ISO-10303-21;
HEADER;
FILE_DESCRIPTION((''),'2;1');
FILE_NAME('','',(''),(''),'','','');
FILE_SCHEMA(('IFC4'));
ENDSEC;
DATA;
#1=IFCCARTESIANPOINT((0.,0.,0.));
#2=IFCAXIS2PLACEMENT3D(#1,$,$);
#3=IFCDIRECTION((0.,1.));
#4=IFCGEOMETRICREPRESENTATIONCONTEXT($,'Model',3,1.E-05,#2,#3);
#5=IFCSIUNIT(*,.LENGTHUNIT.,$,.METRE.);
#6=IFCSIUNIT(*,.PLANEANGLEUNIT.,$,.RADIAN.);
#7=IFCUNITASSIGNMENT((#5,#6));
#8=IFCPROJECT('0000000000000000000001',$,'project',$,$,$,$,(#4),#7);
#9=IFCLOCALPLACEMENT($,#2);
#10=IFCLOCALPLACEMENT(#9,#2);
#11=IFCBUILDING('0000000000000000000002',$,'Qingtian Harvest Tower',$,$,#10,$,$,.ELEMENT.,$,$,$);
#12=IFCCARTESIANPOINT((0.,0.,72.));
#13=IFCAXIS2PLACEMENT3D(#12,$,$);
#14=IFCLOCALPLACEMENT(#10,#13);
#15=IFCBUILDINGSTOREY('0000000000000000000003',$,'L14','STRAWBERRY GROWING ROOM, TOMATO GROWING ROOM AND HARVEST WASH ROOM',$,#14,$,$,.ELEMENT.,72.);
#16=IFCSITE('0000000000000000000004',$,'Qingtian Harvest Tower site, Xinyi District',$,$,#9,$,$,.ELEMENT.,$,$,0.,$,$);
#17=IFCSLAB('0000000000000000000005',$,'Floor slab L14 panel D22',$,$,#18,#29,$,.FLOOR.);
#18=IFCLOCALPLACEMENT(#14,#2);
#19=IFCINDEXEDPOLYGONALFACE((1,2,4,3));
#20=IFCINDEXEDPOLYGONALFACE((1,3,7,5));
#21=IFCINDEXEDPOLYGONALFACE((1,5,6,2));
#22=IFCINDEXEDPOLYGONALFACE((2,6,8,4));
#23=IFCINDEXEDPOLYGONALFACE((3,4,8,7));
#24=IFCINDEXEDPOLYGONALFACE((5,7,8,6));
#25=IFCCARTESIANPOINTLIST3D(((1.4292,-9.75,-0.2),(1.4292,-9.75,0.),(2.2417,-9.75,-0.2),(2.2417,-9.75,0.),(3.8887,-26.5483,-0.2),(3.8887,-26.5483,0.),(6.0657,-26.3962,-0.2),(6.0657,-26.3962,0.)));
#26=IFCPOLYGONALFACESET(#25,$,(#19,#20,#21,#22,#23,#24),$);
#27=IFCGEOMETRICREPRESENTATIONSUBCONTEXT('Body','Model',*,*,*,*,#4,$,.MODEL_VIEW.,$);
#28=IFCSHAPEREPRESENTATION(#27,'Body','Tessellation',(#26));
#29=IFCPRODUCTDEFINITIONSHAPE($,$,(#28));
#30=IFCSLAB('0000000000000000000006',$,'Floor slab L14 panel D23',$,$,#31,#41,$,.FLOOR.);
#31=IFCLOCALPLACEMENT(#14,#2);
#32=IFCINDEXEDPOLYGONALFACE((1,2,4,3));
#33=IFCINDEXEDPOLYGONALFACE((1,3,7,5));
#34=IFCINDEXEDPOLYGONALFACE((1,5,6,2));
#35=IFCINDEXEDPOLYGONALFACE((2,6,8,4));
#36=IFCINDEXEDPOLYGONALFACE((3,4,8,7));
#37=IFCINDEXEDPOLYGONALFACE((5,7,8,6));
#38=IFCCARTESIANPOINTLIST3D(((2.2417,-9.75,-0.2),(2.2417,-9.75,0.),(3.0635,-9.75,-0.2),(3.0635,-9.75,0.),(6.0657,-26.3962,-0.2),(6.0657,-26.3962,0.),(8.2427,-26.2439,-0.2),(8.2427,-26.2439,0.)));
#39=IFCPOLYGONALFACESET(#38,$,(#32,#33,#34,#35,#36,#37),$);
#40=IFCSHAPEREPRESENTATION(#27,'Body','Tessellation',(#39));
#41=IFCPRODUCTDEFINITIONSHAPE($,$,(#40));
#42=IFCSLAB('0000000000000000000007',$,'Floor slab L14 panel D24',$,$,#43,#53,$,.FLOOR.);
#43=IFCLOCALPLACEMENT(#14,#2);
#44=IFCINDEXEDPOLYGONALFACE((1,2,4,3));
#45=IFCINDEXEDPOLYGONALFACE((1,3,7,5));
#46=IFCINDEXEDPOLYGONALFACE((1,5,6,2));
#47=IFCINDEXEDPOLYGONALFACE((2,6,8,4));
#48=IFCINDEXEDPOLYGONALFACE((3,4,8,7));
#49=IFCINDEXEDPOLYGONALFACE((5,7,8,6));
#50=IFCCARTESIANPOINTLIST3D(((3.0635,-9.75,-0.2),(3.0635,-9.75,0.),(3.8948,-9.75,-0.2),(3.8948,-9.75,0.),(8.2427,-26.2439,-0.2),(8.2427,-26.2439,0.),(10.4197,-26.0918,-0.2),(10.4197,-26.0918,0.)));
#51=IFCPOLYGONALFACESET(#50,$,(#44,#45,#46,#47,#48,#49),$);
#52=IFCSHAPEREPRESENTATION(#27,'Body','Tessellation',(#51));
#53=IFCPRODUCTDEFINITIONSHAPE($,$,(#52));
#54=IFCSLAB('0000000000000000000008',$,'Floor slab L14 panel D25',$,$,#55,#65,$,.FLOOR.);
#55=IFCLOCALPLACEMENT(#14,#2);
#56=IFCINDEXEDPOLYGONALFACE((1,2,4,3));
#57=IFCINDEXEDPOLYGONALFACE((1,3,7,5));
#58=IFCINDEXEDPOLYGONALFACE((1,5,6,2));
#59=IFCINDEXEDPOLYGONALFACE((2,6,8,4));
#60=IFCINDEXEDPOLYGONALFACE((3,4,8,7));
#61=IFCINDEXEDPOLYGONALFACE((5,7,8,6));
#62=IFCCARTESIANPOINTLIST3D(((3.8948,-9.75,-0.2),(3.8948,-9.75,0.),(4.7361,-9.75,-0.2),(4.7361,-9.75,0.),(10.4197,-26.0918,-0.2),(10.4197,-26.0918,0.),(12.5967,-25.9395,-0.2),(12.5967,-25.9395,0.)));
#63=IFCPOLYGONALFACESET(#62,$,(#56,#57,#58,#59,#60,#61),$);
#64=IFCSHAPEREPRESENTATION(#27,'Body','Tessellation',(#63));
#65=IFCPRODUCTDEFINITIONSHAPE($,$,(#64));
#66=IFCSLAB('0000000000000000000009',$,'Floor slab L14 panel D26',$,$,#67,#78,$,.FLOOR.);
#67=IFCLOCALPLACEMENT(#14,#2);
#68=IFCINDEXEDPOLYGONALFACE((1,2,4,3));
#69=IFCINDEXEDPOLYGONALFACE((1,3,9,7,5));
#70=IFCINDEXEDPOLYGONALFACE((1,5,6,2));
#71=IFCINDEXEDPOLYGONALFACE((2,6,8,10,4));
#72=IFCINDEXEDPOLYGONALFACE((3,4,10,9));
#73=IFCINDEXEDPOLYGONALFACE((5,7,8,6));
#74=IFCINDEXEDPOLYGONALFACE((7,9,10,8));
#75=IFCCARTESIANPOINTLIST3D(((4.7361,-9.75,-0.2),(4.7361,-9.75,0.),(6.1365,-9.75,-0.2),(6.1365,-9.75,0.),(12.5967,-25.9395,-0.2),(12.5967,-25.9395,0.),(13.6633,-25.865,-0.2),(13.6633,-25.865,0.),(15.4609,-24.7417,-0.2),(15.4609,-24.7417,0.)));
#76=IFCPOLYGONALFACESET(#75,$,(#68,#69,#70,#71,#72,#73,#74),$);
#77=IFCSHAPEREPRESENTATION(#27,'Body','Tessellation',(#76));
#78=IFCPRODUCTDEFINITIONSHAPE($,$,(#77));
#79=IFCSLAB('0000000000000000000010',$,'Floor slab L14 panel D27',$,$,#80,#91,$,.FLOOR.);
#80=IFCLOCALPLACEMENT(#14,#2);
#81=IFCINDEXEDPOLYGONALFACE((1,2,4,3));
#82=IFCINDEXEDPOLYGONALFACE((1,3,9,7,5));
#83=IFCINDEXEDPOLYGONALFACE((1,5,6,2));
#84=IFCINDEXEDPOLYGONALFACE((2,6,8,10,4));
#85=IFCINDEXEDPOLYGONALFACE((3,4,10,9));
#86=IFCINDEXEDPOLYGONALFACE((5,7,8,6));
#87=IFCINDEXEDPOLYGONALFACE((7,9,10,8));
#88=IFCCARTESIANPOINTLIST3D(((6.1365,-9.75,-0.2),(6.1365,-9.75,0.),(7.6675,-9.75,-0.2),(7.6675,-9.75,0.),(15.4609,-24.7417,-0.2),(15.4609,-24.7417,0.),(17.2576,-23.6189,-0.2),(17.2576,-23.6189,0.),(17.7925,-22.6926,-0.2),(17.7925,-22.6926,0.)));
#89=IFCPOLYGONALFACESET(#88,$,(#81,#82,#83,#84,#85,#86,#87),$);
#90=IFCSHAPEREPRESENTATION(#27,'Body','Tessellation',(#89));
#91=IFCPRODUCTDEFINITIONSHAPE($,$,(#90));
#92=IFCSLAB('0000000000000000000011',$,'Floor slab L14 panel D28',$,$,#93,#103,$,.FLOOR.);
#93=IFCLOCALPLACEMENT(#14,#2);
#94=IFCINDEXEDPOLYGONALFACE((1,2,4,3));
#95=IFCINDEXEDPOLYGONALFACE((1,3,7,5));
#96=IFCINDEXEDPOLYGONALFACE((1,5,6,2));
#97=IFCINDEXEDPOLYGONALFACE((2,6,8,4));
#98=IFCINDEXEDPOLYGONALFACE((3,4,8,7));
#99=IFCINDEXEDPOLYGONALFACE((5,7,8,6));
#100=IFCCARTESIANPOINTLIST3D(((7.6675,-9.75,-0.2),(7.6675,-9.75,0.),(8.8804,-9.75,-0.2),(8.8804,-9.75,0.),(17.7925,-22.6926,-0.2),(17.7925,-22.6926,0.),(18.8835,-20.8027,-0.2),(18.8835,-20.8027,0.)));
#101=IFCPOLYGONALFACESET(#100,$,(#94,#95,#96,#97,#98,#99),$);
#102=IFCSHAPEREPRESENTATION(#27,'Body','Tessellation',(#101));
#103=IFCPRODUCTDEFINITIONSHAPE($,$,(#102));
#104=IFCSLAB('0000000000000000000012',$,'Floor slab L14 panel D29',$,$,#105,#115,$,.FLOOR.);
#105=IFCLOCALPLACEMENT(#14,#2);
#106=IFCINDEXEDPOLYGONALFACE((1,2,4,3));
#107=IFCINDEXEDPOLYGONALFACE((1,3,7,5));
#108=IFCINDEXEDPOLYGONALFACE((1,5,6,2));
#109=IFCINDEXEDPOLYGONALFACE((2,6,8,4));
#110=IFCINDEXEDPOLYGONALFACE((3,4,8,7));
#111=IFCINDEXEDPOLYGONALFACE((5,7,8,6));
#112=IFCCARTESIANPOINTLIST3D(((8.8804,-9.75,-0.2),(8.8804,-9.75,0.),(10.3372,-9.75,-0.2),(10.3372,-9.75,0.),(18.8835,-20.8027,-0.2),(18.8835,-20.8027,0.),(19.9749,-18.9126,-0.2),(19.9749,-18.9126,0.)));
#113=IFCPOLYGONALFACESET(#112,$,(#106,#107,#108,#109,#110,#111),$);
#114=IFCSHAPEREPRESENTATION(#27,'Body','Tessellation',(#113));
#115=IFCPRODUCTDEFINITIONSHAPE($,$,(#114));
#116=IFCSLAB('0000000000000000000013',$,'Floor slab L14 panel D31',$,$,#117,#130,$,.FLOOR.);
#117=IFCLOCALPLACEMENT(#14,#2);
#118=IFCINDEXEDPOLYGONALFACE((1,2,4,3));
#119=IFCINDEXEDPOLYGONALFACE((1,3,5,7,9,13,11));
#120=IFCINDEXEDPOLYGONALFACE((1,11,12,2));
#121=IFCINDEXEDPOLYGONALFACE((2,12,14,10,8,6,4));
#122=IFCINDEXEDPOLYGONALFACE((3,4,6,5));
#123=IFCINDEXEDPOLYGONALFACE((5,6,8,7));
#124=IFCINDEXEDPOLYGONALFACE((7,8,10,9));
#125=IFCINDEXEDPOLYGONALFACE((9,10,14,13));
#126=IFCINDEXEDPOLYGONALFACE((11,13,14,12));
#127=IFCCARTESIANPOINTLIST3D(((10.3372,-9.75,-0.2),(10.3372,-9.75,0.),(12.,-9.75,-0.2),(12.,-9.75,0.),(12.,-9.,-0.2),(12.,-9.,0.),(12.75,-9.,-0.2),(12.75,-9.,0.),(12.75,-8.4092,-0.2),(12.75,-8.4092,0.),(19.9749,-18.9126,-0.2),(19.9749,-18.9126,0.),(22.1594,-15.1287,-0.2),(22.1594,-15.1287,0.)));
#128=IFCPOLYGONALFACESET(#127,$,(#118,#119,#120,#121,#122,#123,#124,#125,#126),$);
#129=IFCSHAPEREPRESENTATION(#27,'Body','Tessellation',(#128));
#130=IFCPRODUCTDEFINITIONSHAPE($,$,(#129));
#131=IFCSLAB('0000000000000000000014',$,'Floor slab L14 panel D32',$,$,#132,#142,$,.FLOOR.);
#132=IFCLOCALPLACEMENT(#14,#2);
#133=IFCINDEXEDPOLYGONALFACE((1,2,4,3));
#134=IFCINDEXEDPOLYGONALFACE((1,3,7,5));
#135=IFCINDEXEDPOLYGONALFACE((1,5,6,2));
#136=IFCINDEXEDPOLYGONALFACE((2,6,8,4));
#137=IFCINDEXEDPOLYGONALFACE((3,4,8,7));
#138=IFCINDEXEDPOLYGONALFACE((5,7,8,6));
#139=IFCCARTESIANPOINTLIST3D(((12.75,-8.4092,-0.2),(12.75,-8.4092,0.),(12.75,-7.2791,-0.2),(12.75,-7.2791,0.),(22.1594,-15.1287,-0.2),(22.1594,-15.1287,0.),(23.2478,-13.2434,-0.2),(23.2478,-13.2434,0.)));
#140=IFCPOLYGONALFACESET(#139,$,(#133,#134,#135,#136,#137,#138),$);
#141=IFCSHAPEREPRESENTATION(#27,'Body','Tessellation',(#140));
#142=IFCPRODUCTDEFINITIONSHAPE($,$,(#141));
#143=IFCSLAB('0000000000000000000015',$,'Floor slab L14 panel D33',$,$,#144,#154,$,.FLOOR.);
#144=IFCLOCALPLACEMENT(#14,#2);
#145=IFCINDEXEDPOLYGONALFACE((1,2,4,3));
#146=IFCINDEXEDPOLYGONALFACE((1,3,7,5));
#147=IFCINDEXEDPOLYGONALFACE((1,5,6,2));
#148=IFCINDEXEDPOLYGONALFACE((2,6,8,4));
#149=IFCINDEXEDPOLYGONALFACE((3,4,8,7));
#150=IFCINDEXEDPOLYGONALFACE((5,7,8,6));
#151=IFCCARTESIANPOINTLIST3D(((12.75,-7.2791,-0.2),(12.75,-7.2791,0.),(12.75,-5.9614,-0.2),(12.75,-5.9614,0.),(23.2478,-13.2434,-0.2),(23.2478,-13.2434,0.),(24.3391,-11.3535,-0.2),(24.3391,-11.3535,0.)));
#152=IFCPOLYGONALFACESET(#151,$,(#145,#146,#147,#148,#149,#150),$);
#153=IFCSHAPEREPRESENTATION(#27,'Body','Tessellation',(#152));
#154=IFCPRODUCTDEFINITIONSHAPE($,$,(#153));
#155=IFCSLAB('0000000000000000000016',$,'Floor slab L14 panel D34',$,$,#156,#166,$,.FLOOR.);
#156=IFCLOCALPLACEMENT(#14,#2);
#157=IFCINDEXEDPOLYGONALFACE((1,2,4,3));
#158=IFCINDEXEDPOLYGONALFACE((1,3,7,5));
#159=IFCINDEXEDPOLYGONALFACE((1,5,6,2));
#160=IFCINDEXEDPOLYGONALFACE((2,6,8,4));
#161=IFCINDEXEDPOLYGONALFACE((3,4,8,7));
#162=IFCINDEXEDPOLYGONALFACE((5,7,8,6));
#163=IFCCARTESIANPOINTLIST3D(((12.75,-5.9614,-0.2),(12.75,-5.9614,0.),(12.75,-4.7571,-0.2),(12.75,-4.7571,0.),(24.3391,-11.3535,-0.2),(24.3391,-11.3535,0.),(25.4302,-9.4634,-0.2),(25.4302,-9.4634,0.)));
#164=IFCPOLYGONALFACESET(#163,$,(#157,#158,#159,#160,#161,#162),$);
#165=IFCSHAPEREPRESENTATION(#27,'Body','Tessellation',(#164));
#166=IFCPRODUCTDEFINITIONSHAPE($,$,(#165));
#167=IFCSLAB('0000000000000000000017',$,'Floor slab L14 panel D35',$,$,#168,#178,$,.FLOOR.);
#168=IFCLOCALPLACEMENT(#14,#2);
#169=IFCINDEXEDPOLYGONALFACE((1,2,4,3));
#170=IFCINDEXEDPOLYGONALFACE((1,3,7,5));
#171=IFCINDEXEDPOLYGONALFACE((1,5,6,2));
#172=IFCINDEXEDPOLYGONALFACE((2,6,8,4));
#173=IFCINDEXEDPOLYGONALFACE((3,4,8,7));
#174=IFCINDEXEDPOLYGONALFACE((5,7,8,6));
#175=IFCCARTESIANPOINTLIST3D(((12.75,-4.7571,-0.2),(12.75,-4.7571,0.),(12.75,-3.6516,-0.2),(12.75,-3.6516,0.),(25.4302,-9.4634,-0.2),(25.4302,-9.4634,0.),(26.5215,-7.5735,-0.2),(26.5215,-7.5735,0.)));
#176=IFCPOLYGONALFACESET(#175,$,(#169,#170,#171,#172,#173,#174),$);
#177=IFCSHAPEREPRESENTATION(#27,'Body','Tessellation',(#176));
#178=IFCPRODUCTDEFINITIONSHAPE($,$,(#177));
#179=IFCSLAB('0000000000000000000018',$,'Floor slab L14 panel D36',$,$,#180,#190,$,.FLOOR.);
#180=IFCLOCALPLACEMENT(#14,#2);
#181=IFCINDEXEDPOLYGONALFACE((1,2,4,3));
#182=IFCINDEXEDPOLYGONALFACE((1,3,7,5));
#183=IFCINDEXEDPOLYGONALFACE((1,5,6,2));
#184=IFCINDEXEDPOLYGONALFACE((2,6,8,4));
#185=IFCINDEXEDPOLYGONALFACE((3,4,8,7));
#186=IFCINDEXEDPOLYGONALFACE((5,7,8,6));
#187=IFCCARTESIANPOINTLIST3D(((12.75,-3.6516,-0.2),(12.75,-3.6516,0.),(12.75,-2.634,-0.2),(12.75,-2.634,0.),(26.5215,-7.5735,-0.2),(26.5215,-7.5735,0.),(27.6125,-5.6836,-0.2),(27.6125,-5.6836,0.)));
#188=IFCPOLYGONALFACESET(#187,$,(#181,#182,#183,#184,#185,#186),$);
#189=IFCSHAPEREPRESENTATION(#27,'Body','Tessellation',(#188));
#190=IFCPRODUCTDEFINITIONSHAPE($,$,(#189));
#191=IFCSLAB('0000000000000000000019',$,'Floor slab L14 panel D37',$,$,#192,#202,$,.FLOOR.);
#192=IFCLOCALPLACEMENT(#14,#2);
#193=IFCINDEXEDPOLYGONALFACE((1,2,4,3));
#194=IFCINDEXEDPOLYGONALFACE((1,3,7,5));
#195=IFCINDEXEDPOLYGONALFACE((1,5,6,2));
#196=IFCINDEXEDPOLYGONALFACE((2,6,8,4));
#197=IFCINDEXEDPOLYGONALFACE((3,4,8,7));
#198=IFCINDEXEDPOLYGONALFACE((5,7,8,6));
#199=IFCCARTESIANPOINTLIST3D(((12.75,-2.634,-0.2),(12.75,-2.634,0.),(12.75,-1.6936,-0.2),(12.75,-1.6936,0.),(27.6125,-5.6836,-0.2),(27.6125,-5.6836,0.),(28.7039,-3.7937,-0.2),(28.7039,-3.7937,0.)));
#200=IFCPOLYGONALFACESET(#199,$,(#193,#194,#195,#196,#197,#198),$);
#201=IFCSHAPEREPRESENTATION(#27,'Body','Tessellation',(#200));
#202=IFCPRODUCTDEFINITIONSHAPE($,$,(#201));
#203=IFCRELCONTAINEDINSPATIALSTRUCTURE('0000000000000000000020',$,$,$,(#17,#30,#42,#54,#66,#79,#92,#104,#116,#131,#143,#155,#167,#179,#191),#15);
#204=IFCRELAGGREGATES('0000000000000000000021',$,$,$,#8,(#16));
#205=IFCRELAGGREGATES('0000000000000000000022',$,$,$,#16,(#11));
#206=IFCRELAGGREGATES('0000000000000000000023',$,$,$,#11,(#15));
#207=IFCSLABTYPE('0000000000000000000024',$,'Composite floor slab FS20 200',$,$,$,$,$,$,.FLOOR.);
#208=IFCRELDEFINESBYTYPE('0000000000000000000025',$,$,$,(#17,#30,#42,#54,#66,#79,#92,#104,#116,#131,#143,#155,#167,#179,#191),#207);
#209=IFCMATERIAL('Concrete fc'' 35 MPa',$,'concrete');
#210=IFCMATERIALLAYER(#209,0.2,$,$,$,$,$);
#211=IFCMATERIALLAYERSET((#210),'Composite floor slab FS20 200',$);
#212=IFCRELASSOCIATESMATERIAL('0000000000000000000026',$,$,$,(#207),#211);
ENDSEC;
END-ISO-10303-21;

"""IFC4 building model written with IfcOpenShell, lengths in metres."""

from ifc_helpers import new_model, si_unit, direction, frame, origin, place, context, subcontext, project, spatial, polyline, outline, extrude, material, layer, layer_set, type_object, element, save


model = new_model("IFC4")

# Units and contexts
model_context = context("Model", 3, precision=1e-05, world=origin(), true_north=direction((0.0, 1.0)))
body_context = subcontext(model_context, "Body", "Model", "MODEL_VIEW")
ifc_project = project(units=[si_unit("LENGTHUNIT", "METRE"), si_unit("PLANEANGLEUNIT", "RADIAN")], contexts=[model_context])

# Site, building, storey
site_placement = place(None, origin())
site = spatial("IfcSite", under=ifc_project, at=site_placement, Name="Qingtian Harvest Tower site, Xinyi District", CompositionType="ELEMENT", RefElevation=0.0)
building_placement = place(site_placement, origin())
building = spatial("IfcBuilding", under=site, at=building_placement, Name="Qingtian Harvest Tower", CompositionType="ELEMENT")
storey_placement = place(building_placement, frame((0.0, 0.0, 72.0)))
storey = spatial("IfcBuildingStorey", under=building, at=storey_placement, Name="L14", Description="STRAWBERRY GROWING ROOM, TOMATO GROWING ROOM AND HARVEST WASH ROOM", CompositionType="ELEMENT", Elevation=72.0)

# Slabs
ifc_material = material(Name="Concrete fc' 35 MPa", Category="concrete")
ifc_layer = layer(ifc_material, 0.2)
ifc_layer_set = layer_set([ifc_layer], Name="Composite floor slab FS20 200")
slab_type = type_object("IfcSlabType", Name="Composite floor slab FS20 200", PredefinedType="FLOOR", material=ifc_layer_set)
slab_1_placement = place(storey_placement, frame((0.0, 0.0, -0.2)))
element("IfcSlab", 1, at=slab_1_placement, inside=storey, type_object=slab_type, Name="Floor slab L14 panel D22", PredefinedType="FLOOR", context=body_context, shape_type="SweptSolid", body=[
    extrude(outline(polyline([(2.2417, -9.75), (6.0657, -26.3962), (3.8887, -26.5483), (1.4292, -9.75), (2.2417, -9.75)])), origin(), (0.0, 0.0, 1.0), 0.2),
])
slab_2_placement = place(storey_placement, frame((0.0, 0.0, -0.2)))
element("IfcSlab", 2, at=slab_2_placement, inside=storey, type_object=slab_type, Name="Floor slab L14 panel D23", PredefinedType="FLOOR", context=body_context, shape_type="SweptSolid", body=[
    extrude(outline(polyline([(3.0635, -9.75), (8.2427, -26.2439), (6.0657, -26.3962), (2.2417, -9.75), (3.0635, -9.75)])), origin(), (0.0, 0.0, 1.0), 0.2),
])
slab_3_placement = place(storey_placement, frame((0.0, 0.0, -0.2)))
element("IfcSlab", 3, at=slab_3_placement, inside=storey, type_object=slab_type, Name="Floor slab L14 panel D24", PredefinedType="FLOOR", context=body_context, shape_type="SweptSolid", body=[
    extrude(outline(polyline([(3.8948, -9.75), (10.4197, -26.0918), (8.2427, -26.2439), (3.0635, -9.75), (3.8948, -9.75)])), origin(), (0.0, 0.0, 1.0), 0.2),
])
slab_4_placement = place(storey_placement, frame((0.0, 0.0, -0.2)))
element("IfcSlab", 4, at=slab_4_placement, inside=storey, type_object=slab_type, Name="Floor slab L14 panel D25", PredefinedType="FLOOR", context=body_context, shape_type="SweptSolid", body=[
    extrude(outline(polyline([(4.7361, -9.75), (12.5967, -25.9395), (10.4197, -26.0918), (3.8948, -9.75), (4.7361, -9.75)])), origin(), (0.0, 0.0, 1.0), 0.2),
])
slab_5_placement = place(storey_placement, frame((0.0, 0.0, -0.2)))
element("IfcSlab", 5, at=slab_5_placement, inside=storey, type_object=slab_type, Name="Floor slab L14 panel D26", PredefinedType="FLOOR", context=body_context, shape_type="SweptSolid", body=[
    extrude(outline(polyline([(4.7361, -9.75), (6.1365, -9.75), (15.4609, -24.7417), (13.6633, -25.865), (12.5967, -25.9395), (4.7361, -9.75)])), origin(), (0.0, 0.0, 1.0), 0.2),
])
slab_6_placement = place(storey_placement, frame((0.0, 0.0, -0.2)))
element("IfcSlab", 6, at=slab_6_placement, inside=storey, type_object=slab_type, Name="Floor slab L14 panel D27", PredefinedType="FLOOR", context=body_context, shape_type="SweptSolid", body=[
    extrude(outline(polyline([(6.1365, -9.75), (7.6675, -9.75), (17.7925, -22.6926), (17.2576, -23.6189), (15.4609, -24.7417), (6.1365, -9.75)])), origin(), (0.0, 0.0, 1.0), 0.2),
])
slab_7_placement = place(storey_placement, frame((0.0, 0.0, -0.2)))
element("IfcSlab", 7, at=slab_7_placement, inside=storey, type_object=slab_type, Name="Floor slab L14 panel D28", PredefinedType="FLOOR", context=body_context, shape_type="SweptSolid", body=[
    extrude(outline(polyline([(8.8804, -9.75), (18.8835, -20.8027), (17.7925, -22.6926), (7.6675, -9.75), (8.8804, -9.75)])), origin(), (0.0, 0.0, 1.0), 0.2),
])
slab_8_placement = place(storey_placement, frame((0.0, 0.0, -0.2)))
element("IfcSlab", 8, at=slab_8_placement, inside=storey, type_object=slab_type, Name="Floor slab L14 panel D29", PredefinedType="FLOOR", context=body_context, shape_type="SweptSolid", body=[
    extrude(outline(polyline([(10.3372, -9.75), (19.9749, -18.9126), (18.8835, -20.8027), (8.8804, -9.75), (10.3372, -9.75)])), origin(), (0.0, 0.0, 1.0), 0.2),
])
slab_9_placement = place(storey_placement, frame((0.0, 0.0, -0.2)))
element("IfcSlab", 9, at=slab_9_placement, inside=storey, type_object=slab_type, Name="Floor slab L14 panel D31", PredefinedType="FLOOR", context=body_context, shape_type="SweptSolid", body=[
    extrude(outline(polyline([(12.75, -8.4092), (22.1594, -15.1287), (19.9749, -18.9126), (10.3372, -9.75), (12.0, -9.75), (12.0, -9.0), (12.75, -9.0), (12.75, -8.4092)])), origin(), (0.0, 0.0, 1.0), 0.2),
])
slab_10_placement = place(storey_placement, frame((0.0, 0.0, -0.2)))
element("IfcSlab", 10, at=slab_10_placement, inside=storey, type_object=slab_type, Name="Floor slab L14 panel D32", PredefinedType="FLOOR", context=body_context, shape_type="SweptSolid", body=[
    extrude(outline(polyline([(12.75, -7.2791), (23.2478, -13.2434), (22.1594, -15.1287), (12.75, -8.4092), (12.75, -7.2791)])), origin(), (0.0, 0.0, 1.0), 0.2),
])
slab_11_placement = place(storey_placement, frame((0.0, 0.0, -0.2)))
element("IfcSlab", 11, at=slab_11_placement, inside=storey, type_object=slab_type, Name="Floor slab L14 panel D33", PredefinedType="FLOOR", context=body_context, shape_type="SweptSolid", body=[
    extrude(outline(polyline([(12.75, -5.9614), (24.3391, -11.3535), (23.2478, -13.2434), (12.75, -7.2791), (12.75, -5.9614)])), origin(), (0.0, 0.0, 1.0), 0.2),
])
slab_12_placement = place(storey_placement, frame((0.0, 0.0, -0.2)))
element("IfcSlab", 12, at=slab_12_placement, inside=storey, type_object=slab_type, Name="Floor slab L14 panel D34", PredefinedType="FLOOR", context=body_context, shape_type="SweptSolid", body=[
    extrude(outline(polyline([(12.75, -4.7571), (25.4302, -9.4634), (24.3391, -11.3535), (12.75, -5.9614), (12.75, -4.7571)])), origin(), (0.0, 0.0, 1.0), 0.2),
])
slab_13_placement = place(storey_placement, frame((0.0, 0.0, -0.2)))
element("IfcSlab", 13, at=slab_13_placement, inside=storey, type_object=slab_type, Name="Floor slab L14 panel D35", PredefinedType="FLOOR", context=body_context, shape_type="SweptSolid", body=[
    extrude(outline(polyline([(12.75, -3.6516), (26.5215, -7.5735), (25.4302, -9.4634), (12.75, -4.7571), (12.75, -3.6516)])), origin(), (0.0, 0.0, 1.0), 0.2),
])
slab_14_placement = place(storey_placement, frame((0.0, 0.0, -0.2)))
element("IfcSlab", 14, at=slab_14_placement, inside=storey, type_object=slab_type, Name="Floor slab L14 panel D36", PredefinedType="FLOOR", context=body_context, shape_type="SweptSolid", body=[
    extrude(outline(polyline([(12.75, -2.634), (27.6125, -5.6836), (26.5215, -7.5735), (12.75, -3.6516), (12.75, -2.634)])), origin(), (0.0, 0.0, 1.0), 0.2),
])
slab_15_placement = place(storey_placement, frame((0.0, 0.0, -0.2)))
element("IfcSlab", 15, at=slab_15_placement, inside=storey, type_object=slab_type, Name="Floor slab L14 panel D37", PredefinedType="FLOOR", context=body_context, shape_type="SweptSolid", body=[
    extrude(outline(polyline([(12.75, -1.6936), (28.7039, -3.7937), (27.6125, -5.6836), (12.75, -2.634), (12.75, -1.6936)])), origin(), (0.0, 0.0, 1.0), 0.2),
])

save(model, "model.ifc")
